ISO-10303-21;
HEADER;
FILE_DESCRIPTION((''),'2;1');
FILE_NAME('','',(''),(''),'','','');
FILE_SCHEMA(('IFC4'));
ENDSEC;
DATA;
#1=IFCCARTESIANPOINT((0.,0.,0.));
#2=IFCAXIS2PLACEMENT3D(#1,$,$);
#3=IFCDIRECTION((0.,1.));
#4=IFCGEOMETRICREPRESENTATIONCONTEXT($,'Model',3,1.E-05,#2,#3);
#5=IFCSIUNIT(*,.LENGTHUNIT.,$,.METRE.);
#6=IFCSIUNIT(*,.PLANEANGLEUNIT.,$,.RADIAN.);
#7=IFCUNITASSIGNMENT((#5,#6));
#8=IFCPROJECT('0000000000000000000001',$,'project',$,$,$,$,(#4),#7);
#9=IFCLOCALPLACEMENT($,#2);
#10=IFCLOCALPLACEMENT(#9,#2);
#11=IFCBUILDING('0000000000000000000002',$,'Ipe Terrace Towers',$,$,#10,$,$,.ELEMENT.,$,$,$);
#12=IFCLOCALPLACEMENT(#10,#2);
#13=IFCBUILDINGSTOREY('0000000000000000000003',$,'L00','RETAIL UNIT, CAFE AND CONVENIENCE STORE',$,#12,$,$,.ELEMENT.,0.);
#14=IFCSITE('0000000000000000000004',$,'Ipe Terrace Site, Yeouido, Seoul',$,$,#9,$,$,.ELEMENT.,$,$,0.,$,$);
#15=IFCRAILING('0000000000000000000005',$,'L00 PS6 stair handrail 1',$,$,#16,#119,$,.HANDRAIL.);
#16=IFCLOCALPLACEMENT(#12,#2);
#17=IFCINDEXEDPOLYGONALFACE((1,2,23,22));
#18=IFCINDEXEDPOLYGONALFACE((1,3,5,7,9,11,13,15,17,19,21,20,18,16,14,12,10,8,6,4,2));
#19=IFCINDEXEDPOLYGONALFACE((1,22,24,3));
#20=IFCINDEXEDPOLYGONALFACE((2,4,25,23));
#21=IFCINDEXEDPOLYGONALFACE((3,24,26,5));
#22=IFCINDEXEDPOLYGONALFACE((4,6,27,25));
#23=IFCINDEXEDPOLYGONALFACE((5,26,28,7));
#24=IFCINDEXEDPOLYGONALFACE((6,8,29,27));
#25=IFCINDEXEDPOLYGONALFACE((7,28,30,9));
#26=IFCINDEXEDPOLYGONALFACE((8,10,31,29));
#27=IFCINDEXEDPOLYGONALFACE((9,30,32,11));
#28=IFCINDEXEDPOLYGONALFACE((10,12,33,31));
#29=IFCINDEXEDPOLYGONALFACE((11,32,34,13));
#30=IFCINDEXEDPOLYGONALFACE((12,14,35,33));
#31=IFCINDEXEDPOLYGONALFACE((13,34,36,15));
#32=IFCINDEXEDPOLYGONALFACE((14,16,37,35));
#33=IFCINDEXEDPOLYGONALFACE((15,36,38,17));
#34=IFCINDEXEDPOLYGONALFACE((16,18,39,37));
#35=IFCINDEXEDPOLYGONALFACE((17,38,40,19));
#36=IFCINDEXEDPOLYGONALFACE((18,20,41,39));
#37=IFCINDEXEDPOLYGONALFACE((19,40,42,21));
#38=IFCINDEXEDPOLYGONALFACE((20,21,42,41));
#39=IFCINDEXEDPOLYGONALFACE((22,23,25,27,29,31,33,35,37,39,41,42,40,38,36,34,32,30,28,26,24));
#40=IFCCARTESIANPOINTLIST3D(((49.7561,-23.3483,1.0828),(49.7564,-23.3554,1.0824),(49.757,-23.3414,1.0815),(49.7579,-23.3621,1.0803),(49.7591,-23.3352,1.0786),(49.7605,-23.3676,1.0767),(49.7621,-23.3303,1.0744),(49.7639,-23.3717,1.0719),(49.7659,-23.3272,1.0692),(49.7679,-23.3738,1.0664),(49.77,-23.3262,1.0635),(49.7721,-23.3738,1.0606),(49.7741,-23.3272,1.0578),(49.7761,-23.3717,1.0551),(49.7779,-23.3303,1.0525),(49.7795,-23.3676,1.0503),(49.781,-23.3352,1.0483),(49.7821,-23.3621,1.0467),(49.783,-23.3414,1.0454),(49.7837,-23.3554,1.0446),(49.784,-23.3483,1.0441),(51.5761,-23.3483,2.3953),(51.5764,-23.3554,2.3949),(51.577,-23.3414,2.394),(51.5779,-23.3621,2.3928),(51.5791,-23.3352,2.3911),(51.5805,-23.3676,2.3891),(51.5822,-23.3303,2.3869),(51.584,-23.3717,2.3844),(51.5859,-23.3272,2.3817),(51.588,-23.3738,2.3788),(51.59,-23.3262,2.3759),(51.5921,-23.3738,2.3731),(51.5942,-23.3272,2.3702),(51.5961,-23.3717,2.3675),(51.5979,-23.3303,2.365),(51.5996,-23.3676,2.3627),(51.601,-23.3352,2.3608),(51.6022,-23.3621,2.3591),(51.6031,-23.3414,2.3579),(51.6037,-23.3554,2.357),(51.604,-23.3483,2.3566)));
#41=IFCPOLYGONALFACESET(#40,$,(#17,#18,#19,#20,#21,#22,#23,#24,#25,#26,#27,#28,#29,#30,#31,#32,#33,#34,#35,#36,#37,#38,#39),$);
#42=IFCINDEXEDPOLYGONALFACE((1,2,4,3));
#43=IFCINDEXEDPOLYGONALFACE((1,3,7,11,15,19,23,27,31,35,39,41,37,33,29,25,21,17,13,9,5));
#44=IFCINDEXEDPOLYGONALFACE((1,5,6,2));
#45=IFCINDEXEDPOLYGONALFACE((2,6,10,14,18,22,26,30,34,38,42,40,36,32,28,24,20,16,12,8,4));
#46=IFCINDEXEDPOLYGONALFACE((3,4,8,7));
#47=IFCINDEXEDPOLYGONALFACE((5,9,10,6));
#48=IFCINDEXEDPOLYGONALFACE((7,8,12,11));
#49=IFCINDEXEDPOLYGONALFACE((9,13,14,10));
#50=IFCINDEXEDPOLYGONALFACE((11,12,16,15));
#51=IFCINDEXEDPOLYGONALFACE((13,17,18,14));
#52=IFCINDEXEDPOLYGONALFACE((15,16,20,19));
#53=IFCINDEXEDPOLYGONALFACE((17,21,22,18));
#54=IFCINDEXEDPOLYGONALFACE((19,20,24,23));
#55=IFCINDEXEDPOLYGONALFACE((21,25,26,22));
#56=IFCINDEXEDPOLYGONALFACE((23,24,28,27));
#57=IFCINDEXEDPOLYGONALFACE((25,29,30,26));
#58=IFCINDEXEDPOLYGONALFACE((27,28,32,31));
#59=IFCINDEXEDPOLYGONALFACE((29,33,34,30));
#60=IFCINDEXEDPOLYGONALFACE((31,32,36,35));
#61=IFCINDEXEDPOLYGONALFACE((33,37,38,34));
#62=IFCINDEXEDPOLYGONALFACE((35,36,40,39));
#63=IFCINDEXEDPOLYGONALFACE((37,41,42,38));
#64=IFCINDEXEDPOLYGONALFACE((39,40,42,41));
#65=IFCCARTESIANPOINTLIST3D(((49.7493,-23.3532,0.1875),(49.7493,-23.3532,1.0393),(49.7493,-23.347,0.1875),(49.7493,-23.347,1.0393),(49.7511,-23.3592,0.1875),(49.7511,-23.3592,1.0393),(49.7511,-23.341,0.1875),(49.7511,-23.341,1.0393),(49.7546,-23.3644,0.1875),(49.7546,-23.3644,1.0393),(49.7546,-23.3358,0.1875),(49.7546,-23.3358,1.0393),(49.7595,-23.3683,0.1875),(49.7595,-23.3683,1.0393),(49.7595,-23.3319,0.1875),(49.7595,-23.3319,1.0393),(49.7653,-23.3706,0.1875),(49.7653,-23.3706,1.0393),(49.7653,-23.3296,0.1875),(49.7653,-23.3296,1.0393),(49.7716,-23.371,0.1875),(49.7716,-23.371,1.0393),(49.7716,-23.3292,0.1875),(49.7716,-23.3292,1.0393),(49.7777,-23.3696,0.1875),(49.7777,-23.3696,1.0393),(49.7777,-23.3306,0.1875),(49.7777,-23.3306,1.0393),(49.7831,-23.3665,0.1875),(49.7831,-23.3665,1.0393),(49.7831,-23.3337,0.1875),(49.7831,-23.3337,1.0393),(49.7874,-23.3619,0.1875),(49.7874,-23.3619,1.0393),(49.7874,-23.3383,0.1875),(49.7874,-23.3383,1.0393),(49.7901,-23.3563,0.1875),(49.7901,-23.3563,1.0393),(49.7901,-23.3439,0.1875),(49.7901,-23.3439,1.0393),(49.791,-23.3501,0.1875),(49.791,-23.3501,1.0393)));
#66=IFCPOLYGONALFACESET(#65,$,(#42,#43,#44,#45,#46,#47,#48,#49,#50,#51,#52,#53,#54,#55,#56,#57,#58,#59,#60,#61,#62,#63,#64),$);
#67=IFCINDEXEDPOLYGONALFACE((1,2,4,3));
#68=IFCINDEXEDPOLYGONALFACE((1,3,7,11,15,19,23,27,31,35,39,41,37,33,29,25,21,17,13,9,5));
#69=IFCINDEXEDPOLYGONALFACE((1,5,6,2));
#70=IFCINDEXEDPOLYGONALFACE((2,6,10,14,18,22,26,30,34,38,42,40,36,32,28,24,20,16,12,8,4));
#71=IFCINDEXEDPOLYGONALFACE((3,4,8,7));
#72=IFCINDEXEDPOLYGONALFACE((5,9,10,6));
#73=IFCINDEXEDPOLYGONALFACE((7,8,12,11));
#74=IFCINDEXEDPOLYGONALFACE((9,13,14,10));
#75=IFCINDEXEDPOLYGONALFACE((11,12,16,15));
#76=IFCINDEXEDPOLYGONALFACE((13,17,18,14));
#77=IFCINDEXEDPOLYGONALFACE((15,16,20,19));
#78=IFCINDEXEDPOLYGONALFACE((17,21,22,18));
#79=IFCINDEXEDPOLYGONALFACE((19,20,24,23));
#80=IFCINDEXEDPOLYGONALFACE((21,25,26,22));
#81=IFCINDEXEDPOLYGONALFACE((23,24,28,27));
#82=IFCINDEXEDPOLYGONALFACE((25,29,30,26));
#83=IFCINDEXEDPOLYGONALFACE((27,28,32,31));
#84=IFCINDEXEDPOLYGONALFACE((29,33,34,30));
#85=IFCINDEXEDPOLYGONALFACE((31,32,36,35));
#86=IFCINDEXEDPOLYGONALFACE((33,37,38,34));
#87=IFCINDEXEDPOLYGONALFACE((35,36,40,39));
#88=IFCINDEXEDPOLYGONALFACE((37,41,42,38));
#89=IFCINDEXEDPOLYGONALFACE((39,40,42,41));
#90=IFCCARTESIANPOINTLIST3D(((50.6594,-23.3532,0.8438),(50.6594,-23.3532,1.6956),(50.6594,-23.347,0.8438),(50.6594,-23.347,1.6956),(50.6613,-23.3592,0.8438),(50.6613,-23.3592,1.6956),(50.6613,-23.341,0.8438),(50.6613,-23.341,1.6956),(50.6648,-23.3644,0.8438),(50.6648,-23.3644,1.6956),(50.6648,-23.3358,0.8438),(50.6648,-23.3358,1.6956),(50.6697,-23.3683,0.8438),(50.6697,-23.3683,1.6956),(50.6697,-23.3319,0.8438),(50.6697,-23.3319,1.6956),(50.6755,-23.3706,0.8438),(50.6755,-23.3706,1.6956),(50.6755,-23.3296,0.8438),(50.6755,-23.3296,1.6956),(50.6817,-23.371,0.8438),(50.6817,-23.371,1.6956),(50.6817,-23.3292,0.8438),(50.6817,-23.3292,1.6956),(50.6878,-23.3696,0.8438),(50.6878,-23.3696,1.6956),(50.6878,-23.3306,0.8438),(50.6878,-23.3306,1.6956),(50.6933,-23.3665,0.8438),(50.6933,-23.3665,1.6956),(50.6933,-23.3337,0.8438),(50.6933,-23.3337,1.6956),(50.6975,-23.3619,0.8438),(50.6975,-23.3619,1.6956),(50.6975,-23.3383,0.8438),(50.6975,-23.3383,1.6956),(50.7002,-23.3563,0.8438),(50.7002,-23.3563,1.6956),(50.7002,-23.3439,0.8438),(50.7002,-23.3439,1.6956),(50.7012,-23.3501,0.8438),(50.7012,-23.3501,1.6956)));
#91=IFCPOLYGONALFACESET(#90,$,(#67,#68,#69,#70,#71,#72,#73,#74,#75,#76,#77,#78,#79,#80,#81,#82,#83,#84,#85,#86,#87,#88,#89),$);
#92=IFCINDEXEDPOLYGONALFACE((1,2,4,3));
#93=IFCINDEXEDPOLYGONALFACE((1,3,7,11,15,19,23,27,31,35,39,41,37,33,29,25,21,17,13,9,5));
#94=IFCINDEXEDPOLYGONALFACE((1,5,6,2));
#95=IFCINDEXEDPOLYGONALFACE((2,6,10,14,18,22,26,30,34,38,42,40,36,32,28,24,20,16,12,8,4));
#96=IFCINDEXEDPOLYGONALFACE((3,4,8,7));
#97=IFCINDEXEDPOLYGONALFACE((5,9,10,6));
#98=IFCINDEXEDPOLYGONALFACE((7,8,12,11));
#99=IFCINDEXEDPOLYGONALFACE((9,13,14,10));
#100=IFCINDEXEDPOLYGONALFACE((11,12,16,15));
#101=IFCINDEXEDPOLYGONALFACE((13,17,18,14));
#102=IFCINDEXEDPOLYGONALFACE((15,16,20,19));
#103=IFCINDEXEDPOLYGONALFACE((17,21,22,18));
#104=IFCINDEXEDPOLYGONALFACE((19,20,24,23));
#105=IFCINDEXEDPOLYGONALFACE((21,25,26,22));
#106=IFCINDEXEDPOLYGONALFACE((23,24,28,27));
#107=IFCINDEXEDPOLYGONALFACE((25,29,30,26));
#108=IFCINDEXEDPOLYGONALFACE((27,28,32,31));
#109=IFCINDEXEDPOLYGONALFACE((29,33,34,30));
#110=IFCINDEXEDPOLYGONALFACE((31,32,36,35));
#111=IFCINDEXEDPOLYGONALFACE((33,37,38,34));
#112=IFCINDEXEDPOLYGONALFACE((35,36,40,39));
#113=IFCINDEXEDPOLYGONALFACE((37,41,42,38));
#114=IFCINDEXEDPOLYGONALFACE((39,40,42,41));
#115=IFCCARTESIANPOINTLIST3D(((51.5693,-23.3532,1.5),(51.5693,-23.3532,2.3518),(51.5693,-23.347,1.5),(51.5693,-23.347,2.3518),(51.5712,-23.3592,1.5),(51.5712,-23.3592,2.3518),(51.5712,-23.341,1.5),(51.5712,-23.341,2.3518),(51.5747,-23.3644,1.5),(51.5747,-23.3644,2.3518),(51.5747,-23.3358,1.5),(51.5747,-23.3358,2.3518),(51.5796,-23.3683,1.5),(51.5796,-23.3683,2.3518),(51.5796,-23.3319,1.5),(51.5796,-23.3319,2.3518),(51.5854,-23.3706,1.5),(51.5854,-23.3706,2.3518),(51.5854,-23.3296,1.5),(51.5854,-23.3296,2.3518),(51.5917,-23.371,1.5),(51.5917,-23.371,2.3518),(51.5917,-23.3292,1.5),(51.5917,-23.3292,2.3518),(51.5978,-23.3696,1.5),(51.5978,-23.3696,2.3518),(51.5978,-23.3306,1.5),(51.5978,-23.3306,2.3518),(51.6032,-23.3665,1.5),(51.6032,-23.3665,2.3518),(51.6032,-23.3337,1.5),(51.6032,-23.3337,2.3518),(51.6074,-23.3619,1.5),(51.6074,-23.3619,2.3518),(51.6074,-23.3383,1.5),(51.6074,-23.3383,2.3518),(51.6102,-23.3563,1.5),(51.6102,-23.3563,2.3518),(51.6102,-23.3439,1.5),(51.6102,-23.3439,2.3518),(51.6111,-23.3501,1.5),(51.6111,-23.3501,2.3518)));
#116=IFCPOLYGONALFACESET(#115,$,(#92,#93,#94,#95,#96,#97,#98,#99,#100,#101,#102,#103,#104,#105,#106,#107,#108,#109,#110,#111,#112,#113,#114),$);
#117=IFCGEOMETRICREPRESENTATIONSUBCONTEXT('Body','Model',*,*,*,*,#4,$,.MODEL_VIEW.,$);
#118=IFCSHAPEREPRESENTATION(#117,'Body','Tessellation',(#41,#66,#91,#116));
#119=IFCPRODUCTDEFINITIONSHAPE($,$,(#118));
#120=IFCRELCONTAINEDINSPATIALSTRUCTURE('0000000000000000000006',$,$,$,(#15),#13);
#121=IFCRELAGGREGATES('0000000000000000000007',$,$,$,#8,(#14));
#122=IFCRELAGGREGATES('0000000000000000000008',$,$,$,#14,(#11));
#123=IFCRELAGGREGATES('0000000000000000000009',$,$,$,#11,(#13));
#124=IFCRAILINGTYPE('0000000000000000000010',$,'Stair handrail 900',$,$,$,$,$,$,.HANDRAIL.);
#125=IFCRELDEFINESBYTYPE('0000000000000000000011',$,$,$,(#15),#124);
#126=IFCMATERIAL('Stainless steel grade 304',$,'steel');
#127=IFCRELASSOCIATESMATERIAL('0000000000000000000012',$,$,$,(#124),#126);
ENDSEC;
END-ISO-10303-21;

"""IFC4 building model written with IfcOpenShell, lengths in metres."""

from ifc_helpers import new_model, si_unit, direction, frame, origin, origin_2d, place, context, subcontext, project, spatial, circle, extrude, material, type_object, element, save


model = new_model("IFC4")

# Units and contexts
model_context = context("Model", 3, precision=1e-05, world=origin(), true_north=direction((0.0, 1.0)))
body_context = subcontext(model_context, "Body", "Model", "MODEL_VIEW")
ifc_project = project(units=[si_unit("LENGTHUNIT", "METRE"), si_unit("PLANEANGLEUNIT", "RADIAN")], contexts=[model_context])

# Site, building, storey
site_placement = place(None, origin())
site = spatial("IfcSite", under=ifc_project, at=site_placement, Name="Ipe Terrace Site, Yeouido, Seoul", CompositionType="ELEMENT", RefElevation=0.0)
building_placement = place(site_placement, origin())
building = spatial("IfcBuilding", under=site, at=building_placement, Name="Ipe Terrace Towers", CompositionType="ELEMENT")
storey_placement = place(building_placement, origin())
storey = spatial("IfcBuildingStorey", under=building, at=storey_placement, Name="L00", Description="RETAIL UNIT, CAFE AND CONVENIENCE STORE", CompositionType="ELEMENT", Elevation=0.0)

# Railing
ifc_material_1 = material(Name="Stainless steel grade 304", Category="steel")
railing_type_1 = type_object("IfcRailingType", Name="Stair handrail 900", PredefinedType="HANDRAIL", material=ifc_material_1)
railing_1_placement = place(storey_placement, frame((49.77, -23.3501, 0.1875)))
element("IfcRailing", 1, at=railing_1_placement, inside=storey, type_object=railing_type_1, Name="L00 PS6 stair handrail 1", PredefinedType="HANDRAIL", context=body_context, shape_type="SweptSolid", body=[
    extrude(circle(Radius=0.0239, at=origin_2d()), frame((0.0, 0.0, 0.876), z_axis=(0.811101, 0.0, 0.584906), x_axis=(0.0, 1.0, 0.0)), (0.0, 0.0, 1.0), 2.2439),
    extrude(circle(Radius=0.021, at=origin_2d()), origin(), (0.0, 0.0, 1.0), 0.8518),
    extrude(circle(Radius=0.021, at=origin_2d()), frame((0.9102, 0.0, 0.6562)), (0.0, 0.0, 1.0), 0.8518),
    extrude(circle(Radius=0.021, at=origin_2d()), frame((1.8201, 0.0, 1.3125)), (0.0, 0.0, 1.0), 0.8518),
])

save(model, "model.ifc")
